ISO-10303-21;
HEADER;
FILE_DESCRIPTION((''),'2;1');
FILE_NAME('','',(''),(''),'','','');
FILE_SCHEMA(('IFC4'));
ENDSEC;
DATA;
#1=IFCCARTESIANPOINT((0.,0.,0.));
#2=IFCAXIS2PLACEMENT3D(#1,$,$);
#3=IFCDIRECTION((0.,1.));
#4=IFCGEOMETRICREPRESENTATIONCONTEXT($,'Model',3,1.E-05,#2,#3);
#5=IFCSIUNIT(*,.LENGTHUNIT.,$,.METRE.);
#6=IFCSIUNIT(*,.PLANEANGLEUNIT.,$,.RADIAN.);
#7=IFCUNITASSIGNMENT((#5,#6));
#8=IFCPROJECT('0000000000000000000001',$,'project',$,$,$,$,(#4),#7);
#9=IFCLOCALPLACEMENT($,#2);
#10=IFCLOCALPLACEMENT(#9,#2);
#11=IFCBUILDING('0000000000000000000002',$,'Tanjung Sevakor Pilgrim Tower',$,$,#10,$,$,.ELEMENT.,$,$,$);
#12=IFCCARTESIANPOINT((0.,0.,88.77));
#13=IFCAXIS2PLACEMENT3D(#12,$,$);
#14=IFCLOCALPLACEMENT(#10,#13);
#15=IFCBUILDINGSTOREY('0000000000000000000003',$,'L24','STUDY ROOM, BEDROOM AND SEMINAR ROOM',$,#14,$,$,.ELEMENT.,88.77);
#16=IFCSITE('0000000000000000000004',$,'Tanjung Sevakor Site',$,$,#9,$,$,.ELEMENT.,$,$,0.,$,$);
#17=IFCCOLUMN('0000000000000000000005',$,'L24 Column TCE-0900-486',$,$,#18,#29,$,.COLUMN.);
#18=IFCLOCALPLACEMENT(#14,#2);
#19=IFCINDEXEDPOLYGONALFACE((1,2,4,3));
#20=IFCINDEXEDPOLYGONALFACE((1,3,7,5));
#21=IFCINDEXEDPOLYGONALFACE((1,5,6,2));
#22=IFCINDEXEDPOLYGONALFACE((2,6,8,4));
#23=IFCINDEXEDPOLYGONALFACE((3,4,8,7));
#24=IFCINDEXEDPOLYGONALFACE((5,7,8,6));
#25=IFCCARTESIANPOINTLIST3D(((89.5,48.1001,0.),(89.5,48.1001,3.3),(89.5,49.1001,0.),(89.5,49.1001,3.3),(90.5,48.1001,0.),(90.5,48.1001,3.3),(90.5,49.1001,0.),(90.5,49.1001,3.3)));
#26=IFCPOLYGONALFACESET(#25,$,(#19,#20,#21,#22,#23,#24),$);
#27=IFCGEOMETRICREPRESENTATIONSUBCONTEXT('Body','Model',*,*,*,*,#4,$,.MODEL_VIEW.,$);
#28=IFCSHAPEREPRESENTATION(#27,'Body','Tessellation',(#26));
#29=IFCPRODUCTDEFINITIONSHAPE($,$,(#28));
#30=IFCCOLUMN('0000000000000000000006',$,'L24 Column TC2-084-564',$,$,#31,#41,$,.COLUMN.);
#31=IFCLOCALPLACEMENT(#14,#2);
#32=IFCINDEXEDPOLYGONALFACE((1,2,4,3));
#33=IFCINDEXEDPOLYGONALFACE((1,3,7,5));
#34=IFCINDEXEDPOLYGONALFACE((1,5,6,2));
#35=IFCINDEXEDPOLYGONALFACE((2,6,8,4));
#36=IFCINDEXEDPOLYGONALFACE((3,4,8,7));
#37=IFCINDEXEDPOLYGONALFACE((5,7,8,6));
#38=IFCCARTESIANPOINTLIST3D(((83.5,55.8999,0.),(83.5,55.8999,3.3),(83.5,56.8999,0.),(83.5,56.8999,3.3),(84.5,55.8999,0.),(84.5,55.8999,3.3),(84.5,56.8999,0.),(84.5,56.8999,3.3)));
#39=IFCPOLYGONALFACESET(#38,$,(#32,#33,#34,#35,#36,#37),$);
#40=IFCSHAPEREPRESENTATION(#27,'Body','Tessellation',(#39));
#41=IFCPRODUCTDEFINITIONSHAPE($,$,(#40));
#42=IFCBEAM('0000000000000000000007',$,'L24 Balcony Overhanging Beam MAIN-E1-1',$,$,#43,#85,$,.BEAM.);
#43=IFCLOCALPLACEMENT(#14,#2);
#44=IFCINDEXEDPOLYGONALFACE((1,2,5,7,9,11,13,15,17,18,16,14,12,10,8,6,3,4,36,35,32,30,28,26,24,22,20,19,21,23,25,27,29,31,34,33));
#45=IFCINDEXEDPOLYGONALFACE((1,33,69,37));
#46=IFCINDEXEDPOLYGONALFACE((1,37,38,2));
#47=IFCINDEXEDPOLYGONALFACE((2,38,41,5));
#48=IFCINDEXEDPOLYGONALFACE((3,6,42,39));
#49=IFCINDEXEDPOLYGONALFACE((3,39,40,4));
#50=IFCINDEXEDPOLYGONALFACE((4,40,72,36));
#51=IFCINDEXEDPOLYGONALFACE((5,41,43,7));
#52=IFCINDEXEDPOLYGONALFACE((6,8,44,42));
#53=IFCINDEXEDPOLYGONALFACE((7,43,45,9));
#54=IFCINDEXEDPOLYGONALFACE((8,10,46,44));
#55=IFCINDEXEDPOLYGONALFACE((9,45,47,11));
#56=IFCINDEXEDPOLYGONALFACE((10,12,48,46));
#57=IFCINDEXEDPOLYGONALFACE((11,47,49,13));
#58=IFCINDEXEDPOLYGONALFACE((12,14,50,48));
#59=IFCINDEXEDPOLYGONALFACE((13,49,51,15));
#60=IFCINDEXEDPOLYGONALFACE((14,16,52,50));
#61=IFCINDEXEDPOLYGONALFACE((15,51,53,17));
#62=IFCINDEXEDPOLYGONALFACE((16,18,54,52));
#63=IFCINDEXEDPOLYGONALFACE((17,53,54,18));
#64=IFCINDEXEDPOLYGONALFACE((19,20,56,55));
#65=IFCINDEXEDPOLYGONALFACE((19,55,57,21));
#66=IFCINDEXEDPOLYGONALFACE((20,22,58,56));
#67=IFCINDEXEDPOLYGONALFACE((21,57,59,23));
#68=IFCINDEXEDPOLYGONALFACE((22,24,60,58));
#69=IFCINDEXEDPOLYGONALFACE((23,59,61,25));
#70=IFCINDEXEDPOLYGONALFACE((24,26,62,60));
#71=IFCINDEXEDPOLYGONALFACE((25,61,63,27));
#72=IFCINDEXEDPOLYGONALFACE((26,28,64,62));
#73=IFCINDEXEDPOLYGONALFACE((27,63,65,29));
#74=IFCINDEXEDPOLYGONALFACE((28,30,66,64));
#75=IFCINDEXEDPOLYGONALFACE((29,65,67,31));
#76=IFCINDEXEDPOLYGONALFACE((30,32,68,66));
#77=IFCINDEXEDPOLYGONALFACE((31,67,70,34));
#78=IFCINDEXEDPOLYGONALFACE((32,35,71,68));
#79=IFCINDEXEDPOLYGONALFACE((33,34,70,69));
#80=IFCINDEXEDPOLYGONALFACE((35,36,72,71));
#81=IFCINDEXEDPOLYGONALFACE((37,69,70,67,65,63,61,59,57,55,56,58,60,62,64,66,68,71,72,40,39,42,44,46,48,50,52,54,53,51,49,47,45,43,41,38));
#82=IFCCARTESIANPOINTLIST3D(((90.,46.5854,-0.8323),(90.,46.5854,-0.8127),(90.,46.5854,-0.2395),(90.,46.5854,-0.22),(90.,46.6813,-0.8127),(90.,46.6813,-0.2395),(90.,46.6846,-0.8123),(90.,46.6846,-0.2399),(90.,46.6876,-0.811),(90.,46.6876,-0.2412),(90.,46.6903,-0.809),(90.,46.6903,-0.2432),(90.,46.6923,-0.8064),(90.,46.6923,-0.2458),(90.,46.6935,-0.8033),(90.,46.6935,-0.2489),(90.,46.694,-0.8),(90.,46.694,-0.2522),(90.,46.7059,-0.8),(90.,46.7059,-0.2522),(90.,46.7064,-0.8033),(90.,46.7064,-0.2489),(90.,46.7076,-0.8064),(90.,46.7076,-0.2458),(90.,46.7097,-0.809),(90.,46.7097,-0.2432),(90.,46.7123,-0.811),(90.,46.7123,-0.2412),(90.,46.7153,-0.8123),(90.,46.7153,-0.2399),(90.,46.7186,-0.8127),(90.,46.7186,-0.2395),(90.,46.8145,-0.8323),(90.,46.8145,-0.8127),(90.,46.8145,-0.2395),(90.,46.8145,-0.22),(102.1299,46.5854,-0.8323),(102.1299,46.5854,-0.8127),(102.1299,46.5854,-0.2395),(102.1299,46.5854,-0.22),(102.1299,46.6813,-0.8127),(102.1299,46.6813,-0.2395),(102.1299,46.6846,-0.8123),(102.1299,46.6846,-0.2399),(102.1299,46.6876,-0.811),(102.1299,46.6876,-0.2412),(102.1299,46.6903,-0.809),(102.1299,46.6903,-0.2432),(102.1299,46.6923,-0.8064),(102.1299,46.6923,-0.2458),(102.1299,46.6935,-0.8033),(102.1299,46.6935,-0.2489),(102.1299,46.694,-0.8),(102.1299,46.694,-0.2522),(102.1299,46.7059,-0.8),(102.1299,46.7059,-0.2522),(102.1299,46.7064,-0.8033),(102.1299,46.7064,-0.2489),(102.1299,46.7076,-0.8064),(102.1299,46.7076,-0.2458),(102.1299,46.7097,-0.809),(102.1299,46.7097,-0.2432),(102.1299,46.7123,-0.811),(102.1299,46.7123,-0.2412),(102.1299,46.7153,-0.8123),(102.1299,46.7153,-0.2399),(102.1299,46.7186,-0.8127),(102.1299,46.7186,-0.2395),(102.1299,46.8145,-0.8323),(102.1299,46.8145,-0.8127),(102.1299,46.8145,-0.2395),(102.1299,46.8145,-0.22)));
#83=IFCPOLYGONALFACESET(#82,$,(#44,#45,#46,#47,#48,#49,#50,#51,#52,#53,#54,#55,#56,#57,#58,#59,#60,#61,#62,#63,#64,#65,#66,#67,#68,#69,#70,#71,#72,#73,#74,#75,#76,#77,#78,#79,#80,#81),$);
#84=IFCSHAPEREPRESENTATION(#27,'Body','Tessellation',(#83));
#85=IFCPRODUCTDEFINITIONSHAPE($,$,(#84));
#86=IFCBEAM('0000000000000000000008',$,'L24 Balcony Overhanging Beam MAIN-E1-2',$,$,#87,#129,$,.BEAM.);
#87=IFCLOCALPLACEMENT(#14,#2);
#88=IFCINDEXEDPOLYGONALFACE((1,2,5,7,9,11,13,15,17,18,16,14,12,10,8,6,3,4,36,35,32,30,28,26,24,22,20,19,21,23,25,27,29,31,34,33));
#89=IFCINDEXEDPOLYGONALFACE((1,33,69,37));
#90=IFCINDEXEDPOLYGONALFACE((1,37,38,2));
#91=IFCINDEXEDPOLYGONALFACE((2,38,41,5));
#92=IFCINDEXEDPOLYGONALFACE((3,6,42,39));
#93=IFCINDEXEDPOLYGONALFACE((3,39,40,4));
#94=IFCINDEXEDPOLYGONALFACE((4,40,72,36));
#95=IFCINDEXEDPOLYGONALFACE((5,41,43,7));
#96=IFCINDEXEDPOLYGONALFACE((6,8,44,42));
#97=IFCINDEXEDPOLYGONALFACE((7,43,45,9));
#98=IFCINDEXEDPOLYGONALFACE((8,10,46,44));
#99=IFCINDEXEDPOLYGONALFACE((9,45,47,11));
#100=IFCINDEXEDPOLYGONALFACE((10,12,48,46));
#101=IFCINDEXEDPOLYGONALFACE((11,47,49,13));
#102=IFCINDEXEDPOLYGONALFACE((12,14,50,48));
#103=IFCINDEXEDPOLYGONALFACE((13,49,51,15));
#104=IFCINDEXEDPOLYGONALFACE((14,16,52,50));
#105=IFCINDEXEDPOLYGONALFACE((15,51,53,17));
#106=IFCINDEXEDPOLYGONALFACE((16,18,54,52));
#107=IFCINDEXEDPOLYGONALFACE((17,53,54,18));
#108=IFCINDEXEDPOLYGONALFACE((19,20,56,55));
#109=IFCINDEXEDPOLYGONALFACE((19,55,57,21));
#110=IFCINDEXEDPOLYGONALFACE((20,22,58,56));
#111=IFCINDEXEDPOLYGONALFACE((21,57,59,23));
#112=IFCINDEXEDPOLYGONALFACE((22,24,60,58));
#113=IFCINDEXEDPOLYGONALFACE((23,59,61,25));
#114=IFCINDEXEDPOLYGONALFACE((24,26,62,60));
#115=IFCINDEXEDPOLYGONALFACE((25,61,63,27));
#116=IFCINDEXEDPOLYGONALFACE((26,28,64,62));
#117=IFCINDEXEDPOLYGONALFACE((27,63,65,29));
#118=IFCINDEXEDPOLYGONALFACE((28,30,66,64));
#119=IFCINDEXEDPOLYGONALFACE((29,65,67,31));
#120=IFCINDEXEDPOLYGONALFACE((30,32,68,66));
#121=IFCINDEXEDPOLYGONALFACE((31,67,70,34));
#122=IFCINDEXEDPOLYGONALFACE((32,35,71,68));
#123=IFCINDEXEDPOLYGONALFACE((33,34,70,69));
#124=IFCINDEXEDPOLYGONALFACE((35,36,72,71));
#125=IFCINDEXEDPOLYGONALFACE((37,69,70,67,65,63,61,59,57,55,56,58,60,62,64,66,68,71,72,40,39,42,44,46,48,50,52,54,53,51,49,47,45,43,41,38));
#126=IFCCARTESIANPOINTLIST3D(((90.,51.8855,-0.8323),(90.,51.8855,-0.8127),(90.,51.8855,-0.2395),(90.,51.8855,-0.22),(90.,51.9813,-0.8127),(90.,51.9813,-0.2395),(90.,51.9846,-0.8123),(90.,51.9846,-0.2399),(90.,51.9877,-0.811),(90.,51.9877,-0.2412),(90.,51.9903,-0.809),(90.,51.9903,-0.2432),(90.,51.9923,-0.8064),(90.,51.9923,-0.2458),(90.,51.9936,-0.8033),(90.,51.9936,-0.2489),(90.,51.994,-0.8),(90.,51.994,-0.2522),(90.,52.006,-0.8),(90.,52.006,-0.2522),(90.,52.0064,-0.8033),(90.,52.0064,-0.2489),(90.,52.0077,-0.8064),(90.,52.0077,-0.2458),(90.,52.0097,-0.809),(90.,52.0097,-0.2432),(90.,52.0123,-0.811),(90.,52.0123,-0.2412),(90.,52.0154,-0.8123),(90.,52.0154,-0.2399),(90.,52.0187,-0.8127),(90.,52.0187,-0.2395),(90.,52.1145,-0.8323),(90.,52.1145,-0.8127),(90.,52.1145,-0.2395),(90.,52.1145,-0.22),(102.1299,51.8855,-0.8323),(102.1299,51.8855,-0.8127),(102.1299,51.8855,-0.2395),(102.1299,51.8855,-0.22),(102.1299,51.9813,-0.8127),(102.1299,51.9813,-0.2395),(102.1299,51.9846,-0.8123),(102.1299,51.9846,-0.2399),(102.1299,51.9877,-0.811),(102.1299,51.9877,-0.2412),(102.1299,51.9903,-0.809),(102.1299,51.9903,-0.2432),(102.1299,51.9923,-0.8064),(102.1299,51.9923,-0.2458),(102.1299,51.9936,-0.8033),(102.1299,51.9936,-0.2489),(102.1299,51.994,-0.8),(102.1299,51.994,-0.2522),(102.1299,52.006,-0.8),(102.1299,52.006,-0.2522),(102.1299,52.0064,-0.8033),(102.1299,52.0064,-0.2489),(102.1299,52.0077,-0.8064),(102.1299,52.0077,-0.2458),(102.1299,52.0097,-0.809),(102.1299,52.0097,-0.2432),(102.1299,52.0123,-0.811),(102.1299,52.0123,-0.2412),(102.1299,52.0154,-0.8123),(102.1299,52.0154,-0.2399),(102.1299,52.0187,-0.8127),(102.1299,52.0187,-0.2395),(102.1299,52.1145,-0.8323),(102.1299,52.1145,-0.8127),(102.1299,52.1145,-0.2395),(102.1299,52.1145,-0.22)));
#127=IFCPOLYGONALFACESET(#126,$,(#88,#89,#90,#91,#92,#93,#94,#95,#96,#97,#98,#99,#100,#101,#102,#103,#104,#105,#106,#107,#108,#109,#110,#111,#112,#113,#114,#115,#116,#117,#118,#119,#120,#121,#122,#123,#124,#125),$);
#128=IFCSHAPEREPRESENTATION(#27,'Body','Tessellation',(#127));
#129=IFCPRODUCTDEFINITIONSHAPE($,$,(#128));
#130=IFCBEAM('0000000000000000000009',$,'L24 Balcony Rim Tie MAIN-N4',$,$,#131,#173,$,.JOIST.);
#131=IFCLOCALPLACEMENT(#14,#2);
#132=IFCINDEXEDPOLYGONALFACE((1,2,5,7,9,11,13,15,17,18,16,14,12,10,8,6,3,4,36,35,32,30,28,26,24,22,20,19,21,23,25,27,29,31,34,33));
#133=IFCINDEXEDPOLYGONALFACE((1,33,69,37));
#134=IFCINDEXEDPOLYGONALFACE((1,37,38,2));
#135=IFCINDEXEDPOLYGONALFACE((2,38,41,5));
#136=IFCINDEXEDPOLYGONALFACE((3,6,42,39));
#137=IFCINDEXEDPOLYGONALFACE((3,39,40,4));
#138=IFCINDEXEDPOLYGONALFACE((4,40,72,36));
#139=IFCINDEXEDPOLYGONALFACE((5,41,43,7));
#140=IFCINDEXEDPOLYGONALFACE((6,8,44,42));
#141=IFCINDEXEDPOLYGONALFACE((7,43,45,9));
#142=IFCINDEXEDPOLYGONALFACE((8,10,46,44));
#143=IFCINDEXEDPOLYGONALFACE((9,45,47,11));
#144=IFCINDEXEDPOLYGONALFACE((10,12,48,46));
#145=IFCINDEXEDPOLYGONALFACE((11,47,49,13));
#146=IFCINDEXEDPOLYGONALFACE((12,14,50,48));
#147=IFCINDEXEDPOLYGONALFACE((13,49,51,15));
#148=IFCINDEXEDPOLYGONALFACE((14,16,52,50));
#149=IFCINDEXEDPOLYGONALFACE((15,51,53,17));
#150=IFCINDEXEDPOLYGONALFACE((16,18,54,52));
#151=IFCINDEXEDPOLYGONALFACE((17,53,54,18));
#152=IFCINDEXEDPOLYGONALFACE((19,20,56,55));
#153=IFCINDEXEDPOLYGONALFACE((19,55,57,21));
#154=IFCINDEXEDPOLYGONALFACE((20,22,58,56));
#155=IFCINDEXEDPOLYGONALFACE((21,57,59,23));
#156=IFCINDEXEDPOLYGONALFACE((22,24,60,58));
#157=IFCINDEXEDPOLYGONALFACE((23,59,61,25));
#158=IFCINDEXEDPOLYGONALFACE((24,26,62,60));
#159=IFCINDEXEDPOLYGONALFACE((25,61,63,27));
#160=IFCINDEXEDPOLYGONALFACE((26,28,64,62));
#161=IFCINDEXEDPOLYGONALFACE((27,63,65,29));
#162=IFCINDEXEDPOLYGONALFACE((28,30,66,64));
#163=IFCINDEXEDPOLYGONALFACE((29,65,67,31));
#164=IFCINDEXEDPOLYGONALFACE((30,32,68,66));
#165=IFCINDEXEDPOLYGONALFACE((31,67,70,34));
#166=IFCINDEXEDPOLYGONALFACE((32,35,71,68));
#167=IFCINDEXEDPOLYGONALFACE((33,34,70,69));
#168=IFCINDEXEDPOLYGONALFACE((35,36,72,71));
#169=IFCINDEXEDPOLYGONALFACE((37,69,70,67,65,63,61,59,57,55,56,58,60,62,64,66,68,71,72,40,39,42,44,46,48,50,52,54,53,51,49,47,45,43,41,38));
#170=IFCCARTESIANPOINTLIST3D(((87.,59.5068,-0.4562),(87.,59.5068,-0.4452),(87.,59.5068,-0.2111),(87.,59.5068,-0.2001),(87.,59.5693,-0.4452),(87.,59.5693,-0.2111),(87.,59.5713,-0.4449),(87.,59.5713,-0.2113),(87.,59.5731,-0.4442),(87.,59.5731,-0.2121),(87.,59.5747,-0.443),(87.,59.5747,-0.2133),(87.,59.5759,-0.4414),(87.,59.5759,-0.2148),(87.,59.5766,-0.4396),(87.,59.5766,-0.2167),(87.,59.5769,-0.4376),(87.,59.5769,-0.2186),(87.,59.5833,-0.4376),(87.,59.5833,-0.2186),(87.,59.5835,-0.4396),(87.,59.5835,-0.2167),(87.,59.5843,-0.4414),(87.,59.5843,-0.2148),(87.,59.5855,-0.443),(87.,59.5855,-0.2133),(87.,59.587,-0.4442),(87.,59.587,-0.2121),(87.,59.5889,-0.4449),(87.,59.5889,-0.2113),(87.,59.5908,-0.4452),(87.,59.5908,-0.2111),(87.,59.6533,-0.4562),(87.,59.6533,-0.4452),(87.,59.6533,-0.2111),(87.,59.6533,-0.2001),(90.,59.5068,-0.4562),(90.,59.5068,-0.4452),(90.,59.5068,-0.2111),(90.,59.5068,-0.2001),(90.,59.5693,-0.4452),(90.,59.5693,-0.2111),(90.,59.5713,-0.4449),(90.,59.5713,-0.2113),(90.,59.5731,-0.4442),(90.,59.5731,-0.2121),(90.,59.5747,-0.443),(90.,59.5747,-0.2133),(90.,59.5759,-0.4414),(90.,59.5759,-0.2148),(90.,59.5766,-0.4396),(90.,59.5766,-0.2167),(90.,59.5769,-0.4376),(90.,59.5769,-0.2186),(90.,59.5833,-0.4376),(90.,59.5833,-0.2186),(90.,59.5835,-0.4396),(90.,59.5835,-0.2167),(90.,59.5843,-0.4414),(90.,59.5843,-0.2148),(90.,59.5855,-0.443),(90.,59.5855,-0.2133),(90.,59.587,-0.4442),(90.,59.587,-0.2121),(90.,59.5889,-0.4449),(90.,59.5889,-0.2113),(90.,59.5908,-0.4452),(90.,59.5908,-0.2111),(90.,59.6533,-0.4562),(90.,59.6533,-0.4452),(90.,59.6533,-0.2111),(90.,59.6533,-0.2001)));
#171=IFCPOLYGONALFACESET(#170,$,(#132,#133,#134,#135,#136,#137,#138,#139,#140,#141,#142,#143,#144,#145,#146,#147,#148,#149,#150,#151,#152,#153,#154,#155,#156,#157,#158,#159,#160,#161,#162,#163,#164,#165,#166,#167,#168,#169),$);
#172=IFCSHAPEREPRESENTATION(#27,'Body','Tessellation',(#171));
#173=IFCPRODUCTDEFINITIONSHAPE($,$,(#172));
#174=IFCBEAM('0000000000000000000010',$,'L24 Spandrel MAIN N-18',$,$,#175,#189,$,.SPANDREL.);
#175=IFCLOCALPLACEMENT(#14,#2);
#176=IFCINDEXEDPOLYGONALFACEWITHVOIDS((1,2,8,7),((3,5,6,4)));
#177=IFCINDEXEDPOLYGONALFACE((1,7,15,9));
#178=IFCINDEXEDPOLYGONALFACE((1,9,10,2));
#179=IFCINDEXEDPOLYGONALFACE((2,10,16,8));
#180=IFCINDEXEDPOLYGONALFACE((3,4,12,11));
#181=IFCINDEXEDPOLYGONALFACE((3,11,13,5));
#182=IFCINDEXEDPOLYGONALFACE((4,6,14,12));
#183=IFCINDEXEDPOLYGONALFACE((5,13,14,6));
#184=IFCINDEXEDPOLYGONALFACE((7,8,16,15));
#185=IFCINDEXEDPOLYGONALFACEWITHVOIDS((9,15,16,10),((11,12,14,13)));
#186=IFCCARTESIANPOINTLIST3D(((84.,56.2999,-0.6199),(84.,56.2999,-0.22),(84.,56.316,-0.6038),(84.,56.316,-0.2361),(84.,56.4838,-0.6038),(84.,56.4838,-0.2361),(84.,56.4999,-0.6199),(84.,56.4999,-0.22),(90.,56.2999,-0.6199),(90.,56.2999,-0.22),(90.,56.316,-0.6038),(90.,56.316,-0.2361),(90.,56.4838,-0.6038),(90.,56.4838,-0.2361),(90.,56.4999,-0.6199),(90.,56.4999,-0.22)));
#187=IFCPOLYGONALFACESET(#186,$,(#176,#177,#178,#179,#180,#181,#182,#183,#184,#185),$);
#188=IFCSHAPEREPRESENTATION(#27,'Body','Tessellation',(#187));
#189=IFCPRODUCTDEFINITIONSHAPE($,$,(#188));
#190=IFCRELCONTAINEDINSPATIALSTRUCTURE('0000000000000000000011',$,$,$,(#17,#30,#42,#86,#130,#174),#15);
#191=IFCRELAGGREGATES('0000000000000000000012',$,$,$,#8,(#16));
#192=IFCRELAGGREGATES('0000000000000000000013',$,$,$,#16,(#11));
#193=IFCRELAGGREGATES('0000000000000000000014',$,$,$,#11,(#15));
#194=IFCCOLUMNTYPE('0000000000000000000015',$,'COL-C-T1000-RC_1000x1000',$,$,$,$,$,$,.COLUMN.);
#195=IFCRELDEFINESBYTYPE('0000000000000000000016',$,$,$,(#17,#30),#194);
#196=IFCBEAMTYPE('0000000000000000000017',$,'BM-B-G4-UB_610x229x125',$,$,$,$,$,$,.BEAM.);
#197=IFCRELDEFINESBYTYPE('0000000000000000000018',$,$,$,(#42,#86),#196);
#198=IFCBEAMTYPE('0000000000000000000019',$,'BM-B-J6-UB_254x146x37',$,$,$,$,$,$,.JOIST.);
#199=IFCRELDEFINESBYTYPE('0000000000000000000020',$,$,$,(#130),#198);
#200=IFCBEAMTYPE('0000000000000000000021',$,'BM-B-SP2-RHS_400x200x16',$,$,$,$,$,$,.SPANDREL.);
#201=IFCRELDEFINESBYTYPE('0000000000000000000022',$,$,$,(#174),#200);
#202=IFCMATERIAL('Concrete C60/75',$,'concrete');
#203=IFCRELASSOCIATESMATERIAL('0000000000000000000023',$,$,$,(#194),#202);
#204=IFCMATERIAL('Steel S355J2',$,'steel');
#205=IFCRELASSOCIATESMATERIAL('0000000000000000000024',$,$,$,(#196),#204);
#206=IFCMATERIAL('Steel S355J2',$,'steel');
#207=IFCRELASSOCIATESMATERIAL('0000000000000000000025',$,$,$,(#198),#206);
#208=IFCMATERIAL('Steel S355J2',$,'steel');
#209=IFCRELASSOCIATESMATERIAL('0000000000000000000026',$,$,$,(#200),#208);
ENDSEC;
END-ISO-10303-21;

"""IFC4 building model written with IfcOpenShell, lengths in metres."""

from ifc_helpers import new_model, si_unit, direction, frame, origin, origin_2d, place, context, subcontext, project, spatial, rectangle, hollow_rectangle, i_section, extrude, material, material_profile, profile_set, type_object, element, save


model = new_model("IFC4")

# Units and contexts
model_context = context("Model", 3, precision=1e-05, world=origin(), true_north=direction((0.0, 1.0)))
body_context = subcontext(model_context, "Body", "Model", "MODEL_VIEW")
ifc_project = project(units=[si_unit("LENGTHUNIT", "METRE"), si_unit("PLANEANGLEUNIT", "RADIAN")], contexts=[model_context])

# Site, building, storey
site_placement = place(None, origin())
site = spatial("IfcSite", under=ifc_project, at=site_placement, Name="Tanjung Sevakor Site", CompositionType="ELEMENT", RefElevation=0.0)
building_placement = place(site_placement, origin())
building = spatial("IfcBuilding", under=site, at=building_placement, Name="Tanjung Sevakor Pilgrim Tower", CompositionType="ELEMENT")
storey_placement = place(building_placement, frame((0.0, 0.0, 88.77)))
storey = spatial("IfcBuildingStorey", under=building, at=storey_placement, Name="L24", Description="STUDY ROOM, BEDROOM AND SEMINAR ROOM", CompositionType="ELEMENT", Elevation=88.77)

# Columns
ifc_material_1 = material(Name="Concrete C60/75", Category="concrete")
ifc_material_profile_1 = material_profile(ifc_material_1, rectangle(XDim=1.0, YDim=1.0, at=origin_2d()))
ifc_profile_set_1 = profile_set([ifc_material_profile_1], Name="Concrete C60/75")
column_type = type_object("IfcColumnType", Name="COL-C-T1000-RC_1000x1000", PredefinedType="COLUMN", material=ifc_profile_set_1)
for number, where, z_axis, x_axis, name in (
    (1, (90.0, 48.6001, 0.0), (0.0, 0.0, 1.0), (1.0, 0.0, 0.0), "L24 Column TCE-0900-486"),
    (2, (84.0, 56.3999, 0.0), (0.0, 0.0, 1.0), (1.0, 0.0, 0.0), "L24 Column TC2-084-564"),
):
    element("IfcColumn", number, at=place(storey_placement, frame(where, z_axis=z_axis, x_axis=x_axis)), inside=storey, type_object=column_type, Name=name, PredefinedType="COLUMN", context=body_context, shape_type="SweptSolid", body=[
        extrude(rectangle(XDim=1.0, YDim=1.0, at=origin_2d()), origin(), (0.0, 0.0, 1.0), 3.3),
    ])

# Beams
ifc_material_2 = material(Name="Steel S355J2", Category="steel")
ifc_material_profile_2 = material_profile(ifc_material_2, i_section(OverallWidth=0.229, OverallDepth=0.6123, WebThickness=0.012, FlangeThickness=0.0195, FilletRadius=0.0127, at=origin_2d()))
ifc_profile_set_2 = profile_set([ifc_material_profile_2], Name="Steel S355J2")
beam_type_1 = type_object("IfcBeamType", Name="BM-B-G4-UB_610x229x125", PredefinedType="BEAM", material=ifc_profile_set_2)
for number, where, z_axis, x_axis, name in (
    (3, (90.0, 46.7, -0.5261), (1.0, 0.0, 0.0), (0.0, 1.0, 0.0), "L24 Balcony Overhanging Beam MAIN-E1-1"),
    (4, (90.0, 52.0, -0.5261), (1.0, 0.0, 0.0), (0.0, 1.0, 0.0), "L24 Balcony Overhanging Beam MAIN-E1-2"),
):
    element("IfcBeam", number, at=place(storey_placement, frame(where, z_axis=z_axis, x_axis=x_axis)), inside=storey, type_object=beam_type_1, Name=name, PredefinedType="BEAM", context=body_context, shape_type="SweptSolid", body=[
        extrude(i_section(OverallWidth=0.229, OverallDepth=0.6123, WebThickness=0.012, FlangeThickness=0.0195, FilletRadius=0.0127, at=origin_2d()), origin(), (0.0, 0.0, 1.0), 12.1299),
    ])
ifc_material_3 = material(Name="Steel S355J2", Category="steel")
ifc_material_profile_3 = material_profile(ifc_material_3, i_section(OverallWidth=0.1465, OverallDepth=0.2561, WebThickness=0.0063, FlangeThickness=0.011, FilletRadius=0.0076, at=origin_2d()))
ifc_profile_set_3 = profile_set([ifc_material_profile_3], Name="Steel S355J2")
beam_type_2 = type_object("IfcBeamType", Name="BM-B-J6-UB_254x146x37", PredefinedType="JOIST", material=ifc_profile_set_3)
beam_1_placement = place(storey_placement, frame((87.0, 59.5801, -0.3281), z_axis=(1.0, 0.0, 0.0), x_axis=(0.0, 1.0, 0.0)))
element("IfcBeam", 5, at=beam_1_placement, inside=storey, type_object=beam_type_2, Name="L24 Balcony Rim Tie MAIN-N4", PredefinedType="JOIST", context=body_context, shape_type="SweptSolid", body=[
    extrude(i_section(OverallWidth=0.1465, OverallDepth=0.2561, WebThickness=0.0063, FlangeThickness=0.011, FilletRadius=0.0076, at=origin_2d()), origin(), (0.0, 0.0, 1.0), 3.0),
])
ifc_material_4 = material(Name="Steel S355J2", Category="steel")
ifc_material_profile_4 = material_profile(ifc_material_4, hollow_rectangle(XDim=0.2, YDim=0.3999, WallThickness=0.0161, at=origin_2d()))
ifc_profile_set_4 = profile_set([ifc_material_profile_4], Name="Steel S355J2")
beam_type_3 = type_object("IfcBeamType", Name="BM-B-SP2-RHS_400x200x16", PredefinedType="SPANDREL", material=ifc_profile_set_4)
beam_2_placement = place(storey_placement, frame((84.0, 56.3999, -0.4199), z_axis=(1.0, 0.0, 0.0), x_axis=(0.0, 1.0, 0.0)))
element("IfcBeam", 6, at=beam_2_placement, inside=storey, type_object=beam_type_3, Name="L24 Spandrel MAIN N-18", PredefinedType="SPANDREL", context=body_context, shape_type="SweptSolid", body=[
    extrude(hollow_rectangle(XDim=0.2, YDim=0.3999, WallThickness=0.0161, at=origin_2d()), origin(), (0.0, 0.0, 1.0), 6.0),
])

save(model, "model.ifc")
